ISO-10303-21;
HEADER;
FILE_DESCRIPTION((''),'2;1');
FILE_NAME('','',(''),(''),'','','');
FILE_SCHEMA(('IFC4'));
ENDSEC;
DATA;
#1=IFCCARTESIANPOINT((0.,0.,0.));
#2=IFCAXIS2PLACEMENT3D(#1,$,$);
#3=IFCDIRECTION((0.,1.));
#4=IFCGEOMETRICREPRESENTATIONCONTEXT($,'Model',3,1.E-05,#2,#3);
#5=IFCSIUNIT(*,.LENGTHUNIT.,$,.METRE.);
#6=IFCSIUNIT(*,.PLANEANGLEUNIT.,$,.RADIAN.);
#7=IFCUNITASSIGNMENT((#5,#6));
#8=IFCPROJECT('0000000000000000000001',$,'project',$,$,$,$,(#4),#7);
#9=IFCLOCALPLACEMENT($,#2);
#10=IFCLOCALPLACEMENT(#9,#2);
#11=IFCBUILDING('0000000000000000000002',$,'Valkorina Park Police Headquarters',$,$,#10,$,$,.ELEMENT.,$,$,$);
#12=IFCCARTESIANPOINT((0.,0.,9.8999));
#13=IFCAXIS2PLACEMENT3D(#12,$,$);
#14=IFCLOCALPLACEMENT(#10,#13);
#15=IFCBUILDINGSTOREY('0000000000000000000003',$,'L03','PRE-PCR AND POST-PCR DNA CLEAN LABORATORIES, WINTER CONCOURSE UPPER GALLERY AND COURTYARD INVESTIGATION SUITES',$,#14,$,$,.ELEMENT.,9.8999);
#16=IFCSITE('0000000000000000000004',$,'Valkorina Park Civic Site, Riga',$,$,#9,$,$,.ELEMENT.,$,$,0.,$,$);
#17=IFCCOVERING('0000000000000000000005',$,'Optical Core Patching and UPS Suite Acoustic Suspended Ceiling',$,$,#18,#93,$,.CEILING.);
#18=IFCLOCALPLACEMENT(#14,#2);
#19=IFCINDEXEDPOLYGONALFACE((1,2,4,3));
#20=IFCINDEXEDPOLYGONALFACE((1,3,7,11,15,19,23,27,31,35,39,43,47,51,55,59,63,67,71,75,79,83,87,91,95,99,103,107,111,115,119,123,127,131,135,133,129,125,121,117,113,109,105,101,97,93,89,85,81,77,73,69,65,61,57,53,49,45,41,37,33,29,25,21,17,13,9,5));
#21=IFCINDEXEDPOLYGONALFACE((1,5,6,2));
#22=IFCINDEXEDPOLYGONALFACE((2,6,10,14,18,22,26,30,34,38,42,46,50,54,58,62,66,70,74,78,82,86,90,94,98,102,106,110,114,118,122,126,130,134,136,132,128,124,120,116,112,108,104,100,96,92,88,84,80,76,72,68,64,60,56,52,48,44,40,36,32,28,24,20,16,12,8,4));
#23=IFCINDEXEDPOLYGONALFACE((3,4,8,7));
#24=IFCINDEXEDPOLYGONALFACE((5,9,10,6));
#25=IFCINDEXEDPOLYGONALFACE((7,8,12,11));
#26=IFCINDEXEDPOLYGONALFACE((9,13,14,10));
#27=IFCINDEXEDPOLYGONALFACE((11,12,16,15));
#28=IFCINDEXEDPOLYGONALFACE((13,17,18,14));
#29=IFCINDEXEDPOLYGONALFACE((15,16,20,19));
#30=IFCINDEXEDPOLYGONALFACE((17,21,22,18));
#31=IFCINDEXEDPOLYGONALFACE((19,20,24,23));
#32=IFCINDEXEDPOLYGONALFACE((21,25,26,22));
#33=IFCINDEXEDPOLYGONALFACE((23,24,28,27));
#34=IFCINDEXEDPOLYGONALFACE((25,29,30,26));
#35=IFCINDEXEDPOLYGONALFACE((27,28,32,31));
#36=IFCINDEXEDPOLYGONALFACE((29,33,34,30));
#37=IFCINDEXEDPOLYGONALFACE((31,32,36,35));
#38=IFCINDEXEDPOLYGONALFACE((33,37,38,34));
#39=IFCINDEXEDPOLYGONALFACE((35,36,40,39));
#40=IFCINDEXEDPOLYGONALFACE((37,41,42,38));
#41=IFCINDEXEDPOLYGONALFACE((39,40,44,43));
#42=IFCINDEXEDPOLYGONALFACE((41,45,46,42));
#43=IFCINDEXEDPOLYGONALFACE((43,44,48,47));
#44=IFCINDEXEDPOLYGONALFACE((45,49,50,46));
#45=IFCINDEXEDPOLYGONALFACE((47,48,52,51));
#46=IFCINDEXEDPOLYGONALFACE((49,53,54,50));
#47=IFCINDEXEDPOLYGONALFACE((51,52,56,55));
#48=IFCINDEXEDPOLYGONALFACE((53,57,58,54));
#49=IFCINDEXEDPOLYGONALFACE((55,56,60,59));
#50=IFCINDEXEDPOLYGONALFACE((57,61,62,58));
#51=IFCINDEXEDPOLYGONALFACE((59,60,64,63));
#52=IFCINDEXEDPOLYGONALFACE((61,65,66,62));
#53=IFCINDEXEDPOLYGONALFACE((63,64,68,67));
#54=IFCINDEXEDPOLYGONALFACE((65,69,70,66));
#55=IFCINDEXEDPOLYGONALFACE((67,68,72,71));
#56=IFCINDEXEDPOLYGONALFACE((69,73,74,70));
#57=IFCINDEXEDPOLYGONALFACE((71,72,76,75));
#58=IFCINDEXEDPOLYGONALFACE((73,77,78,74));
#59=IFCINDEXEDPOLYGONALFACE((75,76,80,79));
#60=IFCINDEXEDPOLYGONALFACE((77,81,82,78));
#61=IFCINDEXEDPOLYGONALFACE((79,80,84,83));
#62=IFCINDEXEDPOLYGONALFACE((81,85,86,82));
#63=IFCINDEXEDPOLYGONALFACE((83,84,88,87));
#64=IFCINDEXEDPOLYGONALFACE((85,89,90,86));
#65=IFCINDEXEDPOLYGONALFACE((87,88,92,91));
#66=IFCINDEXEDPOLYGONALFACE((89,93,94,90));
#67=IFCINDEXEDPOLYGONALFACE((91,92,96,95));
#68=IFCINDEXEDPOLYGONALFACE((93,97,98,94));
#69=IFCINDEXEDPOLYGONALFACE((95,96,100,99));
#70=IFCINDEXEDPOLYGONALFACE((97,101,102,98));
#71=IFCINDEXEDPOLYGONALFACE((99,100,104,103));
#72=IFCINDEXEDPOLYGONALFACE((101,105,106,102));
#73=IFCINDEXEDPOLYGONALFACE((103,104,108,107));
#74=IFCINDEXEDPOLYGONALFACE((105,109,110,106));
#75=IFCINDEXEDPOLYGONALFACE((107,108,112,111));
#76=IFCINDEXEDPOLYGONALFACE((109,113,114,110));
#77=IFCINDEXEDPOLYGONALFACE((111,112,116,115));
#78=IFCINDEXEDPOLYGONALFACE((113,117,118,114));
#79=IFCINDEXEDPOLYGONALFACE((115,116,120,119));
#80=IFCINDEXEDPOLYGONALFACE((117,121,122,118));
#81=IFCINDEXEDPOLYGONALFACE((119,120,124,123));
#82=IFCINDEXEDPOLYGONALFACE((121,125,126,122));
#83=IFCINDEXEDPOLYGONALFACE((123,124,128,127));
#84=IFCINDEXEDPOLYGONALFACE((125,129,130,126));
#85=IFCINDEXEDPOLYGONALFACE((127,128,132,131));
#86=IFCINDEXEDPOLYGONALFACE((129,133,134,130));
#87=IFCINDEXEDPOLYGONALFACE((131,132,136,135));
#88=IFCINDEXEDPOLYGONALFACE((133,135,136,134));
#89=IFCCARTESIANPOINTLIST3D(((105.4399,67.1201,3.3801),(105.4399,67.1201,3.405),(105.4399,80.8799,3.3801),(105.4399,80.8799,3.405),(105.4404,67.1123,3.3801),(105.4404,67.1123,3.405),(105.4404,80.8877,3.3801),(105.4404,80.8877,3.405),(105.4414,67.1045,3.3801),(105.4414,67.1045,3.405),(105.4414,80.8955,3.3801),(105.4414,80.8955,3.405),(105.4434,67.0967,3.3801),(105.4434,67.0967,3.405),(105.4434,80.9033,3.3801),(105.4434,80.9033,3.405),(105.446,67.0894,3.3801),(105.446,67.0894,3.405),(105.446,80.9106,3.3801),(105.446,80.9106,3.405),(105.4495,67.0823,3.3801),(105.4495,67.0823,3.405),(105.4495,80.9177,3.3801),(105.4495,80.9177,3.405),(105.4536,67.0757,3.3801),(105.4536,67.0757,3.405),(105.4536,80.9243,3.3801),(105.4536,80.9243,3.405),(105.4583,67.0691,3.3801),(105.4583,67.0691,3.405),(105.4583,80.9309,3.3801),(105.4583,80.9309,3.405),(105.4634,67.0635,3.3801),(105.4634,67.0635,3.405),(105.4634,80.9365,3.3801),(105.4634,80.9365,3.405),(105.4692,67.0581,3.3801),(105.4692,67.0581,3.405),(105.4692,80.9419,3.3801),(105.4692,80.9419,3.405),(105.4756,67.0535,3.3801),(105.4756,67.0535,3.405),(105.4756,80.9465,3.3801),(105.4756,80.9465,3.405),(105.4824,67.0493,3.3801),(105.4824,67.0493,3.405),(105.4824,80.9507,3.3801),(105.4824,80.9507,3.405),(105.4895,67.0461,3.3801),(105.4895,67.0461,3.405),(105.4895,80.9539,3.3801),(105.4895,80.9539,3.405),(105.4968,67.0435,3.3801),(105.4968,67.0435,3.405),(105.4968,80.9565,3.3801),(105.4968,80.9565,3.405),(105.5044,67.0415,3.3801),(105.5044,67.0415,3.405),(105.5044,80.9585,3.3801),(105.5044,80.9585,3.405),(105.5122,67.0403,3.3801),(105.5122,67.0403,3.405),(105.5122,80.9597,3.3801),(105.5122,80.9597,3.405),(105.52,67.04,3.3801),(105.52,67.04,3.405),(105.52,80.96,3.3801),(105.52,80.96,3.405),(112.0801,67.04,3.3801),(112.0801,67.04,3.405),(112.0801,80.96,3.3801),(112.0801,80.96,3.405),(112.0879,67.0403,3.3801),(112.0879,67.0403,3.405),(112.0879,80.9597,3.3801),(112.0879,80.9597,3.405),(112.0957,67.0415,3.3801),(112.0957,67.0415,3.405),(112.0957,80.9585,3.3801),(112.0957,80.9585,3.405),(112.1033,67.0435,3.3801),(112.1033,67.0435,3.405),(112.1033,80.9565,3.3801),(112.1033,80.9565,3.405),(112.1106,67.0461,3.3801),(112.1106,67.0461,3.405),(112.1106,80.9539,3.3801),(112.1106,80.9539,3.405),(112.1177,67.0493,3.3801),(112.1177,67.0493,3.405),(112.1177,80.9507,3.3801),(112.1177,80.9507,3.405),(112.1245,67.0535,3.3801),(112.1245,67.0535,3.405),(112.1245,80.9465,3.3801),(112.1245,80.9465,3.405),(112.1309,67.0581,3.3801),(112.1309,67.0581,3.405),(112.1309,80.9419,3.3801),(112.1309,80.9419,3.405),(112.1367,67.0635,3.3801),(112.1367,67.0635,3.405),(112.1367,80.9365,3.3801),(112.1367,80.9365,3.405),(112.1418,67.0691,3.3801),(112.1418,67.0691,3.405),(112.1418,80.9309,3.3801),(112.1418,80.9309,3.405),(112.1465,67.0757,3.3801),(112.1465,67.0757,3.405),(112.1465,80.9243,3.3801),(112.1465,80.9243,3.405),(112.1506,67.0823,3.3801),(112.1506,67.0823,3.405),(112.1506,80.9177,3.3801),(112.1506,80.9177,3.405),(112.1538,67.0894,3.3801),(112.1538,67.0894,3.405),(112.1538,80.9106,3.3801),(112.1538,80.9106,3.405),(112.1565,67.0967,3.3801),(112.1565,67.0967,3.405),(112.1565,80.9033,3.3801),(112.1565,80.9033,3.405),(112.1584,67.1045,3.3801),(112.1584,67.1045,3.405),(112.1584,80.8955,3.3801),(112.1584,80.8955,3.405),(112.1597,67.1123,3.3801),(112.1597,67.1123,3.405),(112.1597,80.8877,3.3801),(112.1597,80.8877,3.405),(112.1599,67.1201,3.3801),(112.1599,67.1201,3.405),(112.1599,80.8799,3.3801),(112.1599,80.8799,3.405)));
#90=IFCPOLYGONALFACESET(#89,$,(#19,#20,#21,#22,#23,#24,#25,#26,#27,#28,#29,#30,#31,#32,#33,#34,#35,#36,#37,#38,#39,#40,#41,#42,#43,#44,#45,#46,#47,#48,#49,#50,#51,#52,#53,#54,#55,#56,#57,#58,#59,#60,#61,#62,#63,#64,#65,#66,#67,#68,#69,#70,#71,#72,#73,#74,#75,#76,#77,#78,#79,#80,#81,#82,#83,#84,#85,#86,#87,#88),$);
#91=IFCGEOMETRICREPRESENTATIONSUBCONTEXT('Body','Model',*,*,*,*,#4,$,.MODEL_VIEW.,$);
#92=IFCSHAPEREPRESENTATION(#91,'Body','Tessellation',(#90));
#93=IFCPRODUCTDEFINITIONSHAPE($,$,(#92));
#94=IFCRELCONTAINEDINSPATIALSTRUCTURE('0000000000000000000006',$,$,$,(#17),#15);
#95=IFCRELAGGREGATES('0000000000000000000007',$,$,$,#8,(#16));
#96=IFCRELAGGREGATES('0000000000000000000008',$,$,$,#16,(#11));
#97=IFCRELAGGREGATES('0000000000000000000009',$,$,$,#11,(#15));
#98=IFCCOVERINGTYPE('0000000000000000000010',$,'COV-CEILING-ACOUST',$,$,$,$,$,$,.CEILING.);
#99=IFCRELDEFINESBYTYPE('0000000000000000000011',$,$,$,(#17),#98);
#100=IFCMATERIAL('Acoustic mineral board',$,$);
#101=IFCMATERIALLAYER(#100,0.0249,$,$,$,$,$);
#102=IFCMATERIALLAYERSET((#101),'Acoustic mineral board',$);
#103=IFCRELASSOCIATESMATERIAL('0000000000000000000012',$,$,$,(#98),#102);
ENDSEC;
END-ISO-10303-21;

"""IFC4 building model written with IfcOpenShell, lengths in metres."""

from ifc_helpers import new_model, si_unit, direction, frame, origin, place, context, subcontext, project, spatial, polyline, outline, extrude, material, layer, layer_set, type_object, element, save


model = new_model("IFC4")

# Units and contexts
model_context = context("Model", 3, precision=1e-05, world=origin(), true_north=direction((0.0, 1.0)))
body_context = subcontext(model_context, "Body", "Model", "MODEL_VIEW")
ifc_project = project(units=[si_unit("LENGTHUNIT", "METRE"), si_unit("PLANEANGLEUNIT", "RADIAN")], contexts=[model_context])

# Site, building, storey
site_placement = place(None, origin())
site = spatial("IfcSite", under=ifc_project, at=site_placement, Name="Valkorina Park Civic Site, Riga", CompositionType="ELEMENT", RefElevation=0.0)
building_placement = place(site_placement, origin())
building = spatial("IfcBuilding", under=site, at=building_placement, Name="Valkorina Park Police Headquarters", CompositionType="ELEMENT")
storey_placement = place(building_placement, frame((0.0, 0.0, 9.8999)))
storey = spatial("IfcBuildingStorey", under=building, at=storey_placement, Name="L03", Description="PRE-PCR AND POST-PCR DNA CLEAN LABORATORIES, WINTER CONCOURSE UPPER GALLERY AND COURTYARD INVESTIGATION SUITES", CompositionType="ELEMENT", Elevation=9.8999)

# Covering
ifc_material_1 = material(Name="Acoustic mineral board")
ifc_layer_1 = layer(ifc_material_1, 0.0249)
ifc_layer_set_1 = layer_set([ifc_layer_1], Name="Acoustic mineral board")
covering_type_1 = type_object("IfcCoveringType", Name="COV-CEILING-ACOUST", PredefinedType="CEILING", material=ifc_layer_set_1)
covering_1_placement = place(storey_placement, frame((0.0, 0.0, 3.3801)))
element("IfcCovering", 1, at=covering_1_placement, inside=storey, type_object=covering_type_1, Name="Optical Core Patching and UPS Suite Acoustic Suspended Ceiling", PredefinedType="CEILING", context=body_context, shape_type="SweptSolid", body=[
    extrude(outline(polyline([(112.1584, 67.1045), (112.1597, 67.1123), (112.1599, 67.1201), (112.1599, 80.8799), (112.1597, 80.8877), (112.1584, 80.8955), (112.1565, 80.9033), (112.1538, 80.9106), (112.1506, 80.9177), (112.1465, 80.9243), (112.1418, 80.9309), (112.1367, 80.9365), (112.1309, 80.9419), (112.1245, 80.9465), (112.1177, 80.9507), (112.1106, 80.9539), (112.1033, 80.9565), (112.0957, 80.9585), (112.0879, 80.9597), (112.0801, 80.96), (105.52, 80.96), (105.5122, 80.9597), (105.5044, 80.9585), (105.4968, 80.9565), (105.4895, 80.9539), (105.4824, 80.9507), (105.4756, 80.9465), (105.4692, 80.9419), (105.4634, 80.9365), (105.4583, 80.9309), (105.4536, 80.9243), (105.4495, 80.9177), (105.446, 80.9106), (105.4434, 80.9033), (105.4414, 80.8955), (105.4404, 80.8877), (105.4399, 80.8799), (105.4399, 67.1201), (105.4404, 67.1123), (105.4414, 67.1045), (105.4434, 67.0967), (105.446, 67.0894), (105.4495, 67.0823), (105.4536, 67.0757), (105.4583, 67.0691), (105.4634, 67.0635), (105.4692, 67.0581), (105.4756, 67.0535), (105.4824, 67.0493), (105.4895, 67.0461), (105.4968, 67.0435), (105.5044, 67.0415), (105.5122, 67.0403), (105.52, 67.04), (112.0801, 67.04), (112.0879, 67.0403), (112.0957, 67.0415), (112.1033, 67.0435), (112.1106, 67.0461), (112.1177, 67.0493), (112.1245, 67.0535), (112.1309, 67.0581), (112.1367, 67.0635), (112.1418, 67.0691), (112.1465, 67.0757), (112.1506, 67.0823), (112.1538, 67.0894), (112.1565, 67.0967), (112.1584, 67.1045)])), origin(), (0.0, 0.0, 1.0), 0.0249),
])

save(model, "model.ifc")
